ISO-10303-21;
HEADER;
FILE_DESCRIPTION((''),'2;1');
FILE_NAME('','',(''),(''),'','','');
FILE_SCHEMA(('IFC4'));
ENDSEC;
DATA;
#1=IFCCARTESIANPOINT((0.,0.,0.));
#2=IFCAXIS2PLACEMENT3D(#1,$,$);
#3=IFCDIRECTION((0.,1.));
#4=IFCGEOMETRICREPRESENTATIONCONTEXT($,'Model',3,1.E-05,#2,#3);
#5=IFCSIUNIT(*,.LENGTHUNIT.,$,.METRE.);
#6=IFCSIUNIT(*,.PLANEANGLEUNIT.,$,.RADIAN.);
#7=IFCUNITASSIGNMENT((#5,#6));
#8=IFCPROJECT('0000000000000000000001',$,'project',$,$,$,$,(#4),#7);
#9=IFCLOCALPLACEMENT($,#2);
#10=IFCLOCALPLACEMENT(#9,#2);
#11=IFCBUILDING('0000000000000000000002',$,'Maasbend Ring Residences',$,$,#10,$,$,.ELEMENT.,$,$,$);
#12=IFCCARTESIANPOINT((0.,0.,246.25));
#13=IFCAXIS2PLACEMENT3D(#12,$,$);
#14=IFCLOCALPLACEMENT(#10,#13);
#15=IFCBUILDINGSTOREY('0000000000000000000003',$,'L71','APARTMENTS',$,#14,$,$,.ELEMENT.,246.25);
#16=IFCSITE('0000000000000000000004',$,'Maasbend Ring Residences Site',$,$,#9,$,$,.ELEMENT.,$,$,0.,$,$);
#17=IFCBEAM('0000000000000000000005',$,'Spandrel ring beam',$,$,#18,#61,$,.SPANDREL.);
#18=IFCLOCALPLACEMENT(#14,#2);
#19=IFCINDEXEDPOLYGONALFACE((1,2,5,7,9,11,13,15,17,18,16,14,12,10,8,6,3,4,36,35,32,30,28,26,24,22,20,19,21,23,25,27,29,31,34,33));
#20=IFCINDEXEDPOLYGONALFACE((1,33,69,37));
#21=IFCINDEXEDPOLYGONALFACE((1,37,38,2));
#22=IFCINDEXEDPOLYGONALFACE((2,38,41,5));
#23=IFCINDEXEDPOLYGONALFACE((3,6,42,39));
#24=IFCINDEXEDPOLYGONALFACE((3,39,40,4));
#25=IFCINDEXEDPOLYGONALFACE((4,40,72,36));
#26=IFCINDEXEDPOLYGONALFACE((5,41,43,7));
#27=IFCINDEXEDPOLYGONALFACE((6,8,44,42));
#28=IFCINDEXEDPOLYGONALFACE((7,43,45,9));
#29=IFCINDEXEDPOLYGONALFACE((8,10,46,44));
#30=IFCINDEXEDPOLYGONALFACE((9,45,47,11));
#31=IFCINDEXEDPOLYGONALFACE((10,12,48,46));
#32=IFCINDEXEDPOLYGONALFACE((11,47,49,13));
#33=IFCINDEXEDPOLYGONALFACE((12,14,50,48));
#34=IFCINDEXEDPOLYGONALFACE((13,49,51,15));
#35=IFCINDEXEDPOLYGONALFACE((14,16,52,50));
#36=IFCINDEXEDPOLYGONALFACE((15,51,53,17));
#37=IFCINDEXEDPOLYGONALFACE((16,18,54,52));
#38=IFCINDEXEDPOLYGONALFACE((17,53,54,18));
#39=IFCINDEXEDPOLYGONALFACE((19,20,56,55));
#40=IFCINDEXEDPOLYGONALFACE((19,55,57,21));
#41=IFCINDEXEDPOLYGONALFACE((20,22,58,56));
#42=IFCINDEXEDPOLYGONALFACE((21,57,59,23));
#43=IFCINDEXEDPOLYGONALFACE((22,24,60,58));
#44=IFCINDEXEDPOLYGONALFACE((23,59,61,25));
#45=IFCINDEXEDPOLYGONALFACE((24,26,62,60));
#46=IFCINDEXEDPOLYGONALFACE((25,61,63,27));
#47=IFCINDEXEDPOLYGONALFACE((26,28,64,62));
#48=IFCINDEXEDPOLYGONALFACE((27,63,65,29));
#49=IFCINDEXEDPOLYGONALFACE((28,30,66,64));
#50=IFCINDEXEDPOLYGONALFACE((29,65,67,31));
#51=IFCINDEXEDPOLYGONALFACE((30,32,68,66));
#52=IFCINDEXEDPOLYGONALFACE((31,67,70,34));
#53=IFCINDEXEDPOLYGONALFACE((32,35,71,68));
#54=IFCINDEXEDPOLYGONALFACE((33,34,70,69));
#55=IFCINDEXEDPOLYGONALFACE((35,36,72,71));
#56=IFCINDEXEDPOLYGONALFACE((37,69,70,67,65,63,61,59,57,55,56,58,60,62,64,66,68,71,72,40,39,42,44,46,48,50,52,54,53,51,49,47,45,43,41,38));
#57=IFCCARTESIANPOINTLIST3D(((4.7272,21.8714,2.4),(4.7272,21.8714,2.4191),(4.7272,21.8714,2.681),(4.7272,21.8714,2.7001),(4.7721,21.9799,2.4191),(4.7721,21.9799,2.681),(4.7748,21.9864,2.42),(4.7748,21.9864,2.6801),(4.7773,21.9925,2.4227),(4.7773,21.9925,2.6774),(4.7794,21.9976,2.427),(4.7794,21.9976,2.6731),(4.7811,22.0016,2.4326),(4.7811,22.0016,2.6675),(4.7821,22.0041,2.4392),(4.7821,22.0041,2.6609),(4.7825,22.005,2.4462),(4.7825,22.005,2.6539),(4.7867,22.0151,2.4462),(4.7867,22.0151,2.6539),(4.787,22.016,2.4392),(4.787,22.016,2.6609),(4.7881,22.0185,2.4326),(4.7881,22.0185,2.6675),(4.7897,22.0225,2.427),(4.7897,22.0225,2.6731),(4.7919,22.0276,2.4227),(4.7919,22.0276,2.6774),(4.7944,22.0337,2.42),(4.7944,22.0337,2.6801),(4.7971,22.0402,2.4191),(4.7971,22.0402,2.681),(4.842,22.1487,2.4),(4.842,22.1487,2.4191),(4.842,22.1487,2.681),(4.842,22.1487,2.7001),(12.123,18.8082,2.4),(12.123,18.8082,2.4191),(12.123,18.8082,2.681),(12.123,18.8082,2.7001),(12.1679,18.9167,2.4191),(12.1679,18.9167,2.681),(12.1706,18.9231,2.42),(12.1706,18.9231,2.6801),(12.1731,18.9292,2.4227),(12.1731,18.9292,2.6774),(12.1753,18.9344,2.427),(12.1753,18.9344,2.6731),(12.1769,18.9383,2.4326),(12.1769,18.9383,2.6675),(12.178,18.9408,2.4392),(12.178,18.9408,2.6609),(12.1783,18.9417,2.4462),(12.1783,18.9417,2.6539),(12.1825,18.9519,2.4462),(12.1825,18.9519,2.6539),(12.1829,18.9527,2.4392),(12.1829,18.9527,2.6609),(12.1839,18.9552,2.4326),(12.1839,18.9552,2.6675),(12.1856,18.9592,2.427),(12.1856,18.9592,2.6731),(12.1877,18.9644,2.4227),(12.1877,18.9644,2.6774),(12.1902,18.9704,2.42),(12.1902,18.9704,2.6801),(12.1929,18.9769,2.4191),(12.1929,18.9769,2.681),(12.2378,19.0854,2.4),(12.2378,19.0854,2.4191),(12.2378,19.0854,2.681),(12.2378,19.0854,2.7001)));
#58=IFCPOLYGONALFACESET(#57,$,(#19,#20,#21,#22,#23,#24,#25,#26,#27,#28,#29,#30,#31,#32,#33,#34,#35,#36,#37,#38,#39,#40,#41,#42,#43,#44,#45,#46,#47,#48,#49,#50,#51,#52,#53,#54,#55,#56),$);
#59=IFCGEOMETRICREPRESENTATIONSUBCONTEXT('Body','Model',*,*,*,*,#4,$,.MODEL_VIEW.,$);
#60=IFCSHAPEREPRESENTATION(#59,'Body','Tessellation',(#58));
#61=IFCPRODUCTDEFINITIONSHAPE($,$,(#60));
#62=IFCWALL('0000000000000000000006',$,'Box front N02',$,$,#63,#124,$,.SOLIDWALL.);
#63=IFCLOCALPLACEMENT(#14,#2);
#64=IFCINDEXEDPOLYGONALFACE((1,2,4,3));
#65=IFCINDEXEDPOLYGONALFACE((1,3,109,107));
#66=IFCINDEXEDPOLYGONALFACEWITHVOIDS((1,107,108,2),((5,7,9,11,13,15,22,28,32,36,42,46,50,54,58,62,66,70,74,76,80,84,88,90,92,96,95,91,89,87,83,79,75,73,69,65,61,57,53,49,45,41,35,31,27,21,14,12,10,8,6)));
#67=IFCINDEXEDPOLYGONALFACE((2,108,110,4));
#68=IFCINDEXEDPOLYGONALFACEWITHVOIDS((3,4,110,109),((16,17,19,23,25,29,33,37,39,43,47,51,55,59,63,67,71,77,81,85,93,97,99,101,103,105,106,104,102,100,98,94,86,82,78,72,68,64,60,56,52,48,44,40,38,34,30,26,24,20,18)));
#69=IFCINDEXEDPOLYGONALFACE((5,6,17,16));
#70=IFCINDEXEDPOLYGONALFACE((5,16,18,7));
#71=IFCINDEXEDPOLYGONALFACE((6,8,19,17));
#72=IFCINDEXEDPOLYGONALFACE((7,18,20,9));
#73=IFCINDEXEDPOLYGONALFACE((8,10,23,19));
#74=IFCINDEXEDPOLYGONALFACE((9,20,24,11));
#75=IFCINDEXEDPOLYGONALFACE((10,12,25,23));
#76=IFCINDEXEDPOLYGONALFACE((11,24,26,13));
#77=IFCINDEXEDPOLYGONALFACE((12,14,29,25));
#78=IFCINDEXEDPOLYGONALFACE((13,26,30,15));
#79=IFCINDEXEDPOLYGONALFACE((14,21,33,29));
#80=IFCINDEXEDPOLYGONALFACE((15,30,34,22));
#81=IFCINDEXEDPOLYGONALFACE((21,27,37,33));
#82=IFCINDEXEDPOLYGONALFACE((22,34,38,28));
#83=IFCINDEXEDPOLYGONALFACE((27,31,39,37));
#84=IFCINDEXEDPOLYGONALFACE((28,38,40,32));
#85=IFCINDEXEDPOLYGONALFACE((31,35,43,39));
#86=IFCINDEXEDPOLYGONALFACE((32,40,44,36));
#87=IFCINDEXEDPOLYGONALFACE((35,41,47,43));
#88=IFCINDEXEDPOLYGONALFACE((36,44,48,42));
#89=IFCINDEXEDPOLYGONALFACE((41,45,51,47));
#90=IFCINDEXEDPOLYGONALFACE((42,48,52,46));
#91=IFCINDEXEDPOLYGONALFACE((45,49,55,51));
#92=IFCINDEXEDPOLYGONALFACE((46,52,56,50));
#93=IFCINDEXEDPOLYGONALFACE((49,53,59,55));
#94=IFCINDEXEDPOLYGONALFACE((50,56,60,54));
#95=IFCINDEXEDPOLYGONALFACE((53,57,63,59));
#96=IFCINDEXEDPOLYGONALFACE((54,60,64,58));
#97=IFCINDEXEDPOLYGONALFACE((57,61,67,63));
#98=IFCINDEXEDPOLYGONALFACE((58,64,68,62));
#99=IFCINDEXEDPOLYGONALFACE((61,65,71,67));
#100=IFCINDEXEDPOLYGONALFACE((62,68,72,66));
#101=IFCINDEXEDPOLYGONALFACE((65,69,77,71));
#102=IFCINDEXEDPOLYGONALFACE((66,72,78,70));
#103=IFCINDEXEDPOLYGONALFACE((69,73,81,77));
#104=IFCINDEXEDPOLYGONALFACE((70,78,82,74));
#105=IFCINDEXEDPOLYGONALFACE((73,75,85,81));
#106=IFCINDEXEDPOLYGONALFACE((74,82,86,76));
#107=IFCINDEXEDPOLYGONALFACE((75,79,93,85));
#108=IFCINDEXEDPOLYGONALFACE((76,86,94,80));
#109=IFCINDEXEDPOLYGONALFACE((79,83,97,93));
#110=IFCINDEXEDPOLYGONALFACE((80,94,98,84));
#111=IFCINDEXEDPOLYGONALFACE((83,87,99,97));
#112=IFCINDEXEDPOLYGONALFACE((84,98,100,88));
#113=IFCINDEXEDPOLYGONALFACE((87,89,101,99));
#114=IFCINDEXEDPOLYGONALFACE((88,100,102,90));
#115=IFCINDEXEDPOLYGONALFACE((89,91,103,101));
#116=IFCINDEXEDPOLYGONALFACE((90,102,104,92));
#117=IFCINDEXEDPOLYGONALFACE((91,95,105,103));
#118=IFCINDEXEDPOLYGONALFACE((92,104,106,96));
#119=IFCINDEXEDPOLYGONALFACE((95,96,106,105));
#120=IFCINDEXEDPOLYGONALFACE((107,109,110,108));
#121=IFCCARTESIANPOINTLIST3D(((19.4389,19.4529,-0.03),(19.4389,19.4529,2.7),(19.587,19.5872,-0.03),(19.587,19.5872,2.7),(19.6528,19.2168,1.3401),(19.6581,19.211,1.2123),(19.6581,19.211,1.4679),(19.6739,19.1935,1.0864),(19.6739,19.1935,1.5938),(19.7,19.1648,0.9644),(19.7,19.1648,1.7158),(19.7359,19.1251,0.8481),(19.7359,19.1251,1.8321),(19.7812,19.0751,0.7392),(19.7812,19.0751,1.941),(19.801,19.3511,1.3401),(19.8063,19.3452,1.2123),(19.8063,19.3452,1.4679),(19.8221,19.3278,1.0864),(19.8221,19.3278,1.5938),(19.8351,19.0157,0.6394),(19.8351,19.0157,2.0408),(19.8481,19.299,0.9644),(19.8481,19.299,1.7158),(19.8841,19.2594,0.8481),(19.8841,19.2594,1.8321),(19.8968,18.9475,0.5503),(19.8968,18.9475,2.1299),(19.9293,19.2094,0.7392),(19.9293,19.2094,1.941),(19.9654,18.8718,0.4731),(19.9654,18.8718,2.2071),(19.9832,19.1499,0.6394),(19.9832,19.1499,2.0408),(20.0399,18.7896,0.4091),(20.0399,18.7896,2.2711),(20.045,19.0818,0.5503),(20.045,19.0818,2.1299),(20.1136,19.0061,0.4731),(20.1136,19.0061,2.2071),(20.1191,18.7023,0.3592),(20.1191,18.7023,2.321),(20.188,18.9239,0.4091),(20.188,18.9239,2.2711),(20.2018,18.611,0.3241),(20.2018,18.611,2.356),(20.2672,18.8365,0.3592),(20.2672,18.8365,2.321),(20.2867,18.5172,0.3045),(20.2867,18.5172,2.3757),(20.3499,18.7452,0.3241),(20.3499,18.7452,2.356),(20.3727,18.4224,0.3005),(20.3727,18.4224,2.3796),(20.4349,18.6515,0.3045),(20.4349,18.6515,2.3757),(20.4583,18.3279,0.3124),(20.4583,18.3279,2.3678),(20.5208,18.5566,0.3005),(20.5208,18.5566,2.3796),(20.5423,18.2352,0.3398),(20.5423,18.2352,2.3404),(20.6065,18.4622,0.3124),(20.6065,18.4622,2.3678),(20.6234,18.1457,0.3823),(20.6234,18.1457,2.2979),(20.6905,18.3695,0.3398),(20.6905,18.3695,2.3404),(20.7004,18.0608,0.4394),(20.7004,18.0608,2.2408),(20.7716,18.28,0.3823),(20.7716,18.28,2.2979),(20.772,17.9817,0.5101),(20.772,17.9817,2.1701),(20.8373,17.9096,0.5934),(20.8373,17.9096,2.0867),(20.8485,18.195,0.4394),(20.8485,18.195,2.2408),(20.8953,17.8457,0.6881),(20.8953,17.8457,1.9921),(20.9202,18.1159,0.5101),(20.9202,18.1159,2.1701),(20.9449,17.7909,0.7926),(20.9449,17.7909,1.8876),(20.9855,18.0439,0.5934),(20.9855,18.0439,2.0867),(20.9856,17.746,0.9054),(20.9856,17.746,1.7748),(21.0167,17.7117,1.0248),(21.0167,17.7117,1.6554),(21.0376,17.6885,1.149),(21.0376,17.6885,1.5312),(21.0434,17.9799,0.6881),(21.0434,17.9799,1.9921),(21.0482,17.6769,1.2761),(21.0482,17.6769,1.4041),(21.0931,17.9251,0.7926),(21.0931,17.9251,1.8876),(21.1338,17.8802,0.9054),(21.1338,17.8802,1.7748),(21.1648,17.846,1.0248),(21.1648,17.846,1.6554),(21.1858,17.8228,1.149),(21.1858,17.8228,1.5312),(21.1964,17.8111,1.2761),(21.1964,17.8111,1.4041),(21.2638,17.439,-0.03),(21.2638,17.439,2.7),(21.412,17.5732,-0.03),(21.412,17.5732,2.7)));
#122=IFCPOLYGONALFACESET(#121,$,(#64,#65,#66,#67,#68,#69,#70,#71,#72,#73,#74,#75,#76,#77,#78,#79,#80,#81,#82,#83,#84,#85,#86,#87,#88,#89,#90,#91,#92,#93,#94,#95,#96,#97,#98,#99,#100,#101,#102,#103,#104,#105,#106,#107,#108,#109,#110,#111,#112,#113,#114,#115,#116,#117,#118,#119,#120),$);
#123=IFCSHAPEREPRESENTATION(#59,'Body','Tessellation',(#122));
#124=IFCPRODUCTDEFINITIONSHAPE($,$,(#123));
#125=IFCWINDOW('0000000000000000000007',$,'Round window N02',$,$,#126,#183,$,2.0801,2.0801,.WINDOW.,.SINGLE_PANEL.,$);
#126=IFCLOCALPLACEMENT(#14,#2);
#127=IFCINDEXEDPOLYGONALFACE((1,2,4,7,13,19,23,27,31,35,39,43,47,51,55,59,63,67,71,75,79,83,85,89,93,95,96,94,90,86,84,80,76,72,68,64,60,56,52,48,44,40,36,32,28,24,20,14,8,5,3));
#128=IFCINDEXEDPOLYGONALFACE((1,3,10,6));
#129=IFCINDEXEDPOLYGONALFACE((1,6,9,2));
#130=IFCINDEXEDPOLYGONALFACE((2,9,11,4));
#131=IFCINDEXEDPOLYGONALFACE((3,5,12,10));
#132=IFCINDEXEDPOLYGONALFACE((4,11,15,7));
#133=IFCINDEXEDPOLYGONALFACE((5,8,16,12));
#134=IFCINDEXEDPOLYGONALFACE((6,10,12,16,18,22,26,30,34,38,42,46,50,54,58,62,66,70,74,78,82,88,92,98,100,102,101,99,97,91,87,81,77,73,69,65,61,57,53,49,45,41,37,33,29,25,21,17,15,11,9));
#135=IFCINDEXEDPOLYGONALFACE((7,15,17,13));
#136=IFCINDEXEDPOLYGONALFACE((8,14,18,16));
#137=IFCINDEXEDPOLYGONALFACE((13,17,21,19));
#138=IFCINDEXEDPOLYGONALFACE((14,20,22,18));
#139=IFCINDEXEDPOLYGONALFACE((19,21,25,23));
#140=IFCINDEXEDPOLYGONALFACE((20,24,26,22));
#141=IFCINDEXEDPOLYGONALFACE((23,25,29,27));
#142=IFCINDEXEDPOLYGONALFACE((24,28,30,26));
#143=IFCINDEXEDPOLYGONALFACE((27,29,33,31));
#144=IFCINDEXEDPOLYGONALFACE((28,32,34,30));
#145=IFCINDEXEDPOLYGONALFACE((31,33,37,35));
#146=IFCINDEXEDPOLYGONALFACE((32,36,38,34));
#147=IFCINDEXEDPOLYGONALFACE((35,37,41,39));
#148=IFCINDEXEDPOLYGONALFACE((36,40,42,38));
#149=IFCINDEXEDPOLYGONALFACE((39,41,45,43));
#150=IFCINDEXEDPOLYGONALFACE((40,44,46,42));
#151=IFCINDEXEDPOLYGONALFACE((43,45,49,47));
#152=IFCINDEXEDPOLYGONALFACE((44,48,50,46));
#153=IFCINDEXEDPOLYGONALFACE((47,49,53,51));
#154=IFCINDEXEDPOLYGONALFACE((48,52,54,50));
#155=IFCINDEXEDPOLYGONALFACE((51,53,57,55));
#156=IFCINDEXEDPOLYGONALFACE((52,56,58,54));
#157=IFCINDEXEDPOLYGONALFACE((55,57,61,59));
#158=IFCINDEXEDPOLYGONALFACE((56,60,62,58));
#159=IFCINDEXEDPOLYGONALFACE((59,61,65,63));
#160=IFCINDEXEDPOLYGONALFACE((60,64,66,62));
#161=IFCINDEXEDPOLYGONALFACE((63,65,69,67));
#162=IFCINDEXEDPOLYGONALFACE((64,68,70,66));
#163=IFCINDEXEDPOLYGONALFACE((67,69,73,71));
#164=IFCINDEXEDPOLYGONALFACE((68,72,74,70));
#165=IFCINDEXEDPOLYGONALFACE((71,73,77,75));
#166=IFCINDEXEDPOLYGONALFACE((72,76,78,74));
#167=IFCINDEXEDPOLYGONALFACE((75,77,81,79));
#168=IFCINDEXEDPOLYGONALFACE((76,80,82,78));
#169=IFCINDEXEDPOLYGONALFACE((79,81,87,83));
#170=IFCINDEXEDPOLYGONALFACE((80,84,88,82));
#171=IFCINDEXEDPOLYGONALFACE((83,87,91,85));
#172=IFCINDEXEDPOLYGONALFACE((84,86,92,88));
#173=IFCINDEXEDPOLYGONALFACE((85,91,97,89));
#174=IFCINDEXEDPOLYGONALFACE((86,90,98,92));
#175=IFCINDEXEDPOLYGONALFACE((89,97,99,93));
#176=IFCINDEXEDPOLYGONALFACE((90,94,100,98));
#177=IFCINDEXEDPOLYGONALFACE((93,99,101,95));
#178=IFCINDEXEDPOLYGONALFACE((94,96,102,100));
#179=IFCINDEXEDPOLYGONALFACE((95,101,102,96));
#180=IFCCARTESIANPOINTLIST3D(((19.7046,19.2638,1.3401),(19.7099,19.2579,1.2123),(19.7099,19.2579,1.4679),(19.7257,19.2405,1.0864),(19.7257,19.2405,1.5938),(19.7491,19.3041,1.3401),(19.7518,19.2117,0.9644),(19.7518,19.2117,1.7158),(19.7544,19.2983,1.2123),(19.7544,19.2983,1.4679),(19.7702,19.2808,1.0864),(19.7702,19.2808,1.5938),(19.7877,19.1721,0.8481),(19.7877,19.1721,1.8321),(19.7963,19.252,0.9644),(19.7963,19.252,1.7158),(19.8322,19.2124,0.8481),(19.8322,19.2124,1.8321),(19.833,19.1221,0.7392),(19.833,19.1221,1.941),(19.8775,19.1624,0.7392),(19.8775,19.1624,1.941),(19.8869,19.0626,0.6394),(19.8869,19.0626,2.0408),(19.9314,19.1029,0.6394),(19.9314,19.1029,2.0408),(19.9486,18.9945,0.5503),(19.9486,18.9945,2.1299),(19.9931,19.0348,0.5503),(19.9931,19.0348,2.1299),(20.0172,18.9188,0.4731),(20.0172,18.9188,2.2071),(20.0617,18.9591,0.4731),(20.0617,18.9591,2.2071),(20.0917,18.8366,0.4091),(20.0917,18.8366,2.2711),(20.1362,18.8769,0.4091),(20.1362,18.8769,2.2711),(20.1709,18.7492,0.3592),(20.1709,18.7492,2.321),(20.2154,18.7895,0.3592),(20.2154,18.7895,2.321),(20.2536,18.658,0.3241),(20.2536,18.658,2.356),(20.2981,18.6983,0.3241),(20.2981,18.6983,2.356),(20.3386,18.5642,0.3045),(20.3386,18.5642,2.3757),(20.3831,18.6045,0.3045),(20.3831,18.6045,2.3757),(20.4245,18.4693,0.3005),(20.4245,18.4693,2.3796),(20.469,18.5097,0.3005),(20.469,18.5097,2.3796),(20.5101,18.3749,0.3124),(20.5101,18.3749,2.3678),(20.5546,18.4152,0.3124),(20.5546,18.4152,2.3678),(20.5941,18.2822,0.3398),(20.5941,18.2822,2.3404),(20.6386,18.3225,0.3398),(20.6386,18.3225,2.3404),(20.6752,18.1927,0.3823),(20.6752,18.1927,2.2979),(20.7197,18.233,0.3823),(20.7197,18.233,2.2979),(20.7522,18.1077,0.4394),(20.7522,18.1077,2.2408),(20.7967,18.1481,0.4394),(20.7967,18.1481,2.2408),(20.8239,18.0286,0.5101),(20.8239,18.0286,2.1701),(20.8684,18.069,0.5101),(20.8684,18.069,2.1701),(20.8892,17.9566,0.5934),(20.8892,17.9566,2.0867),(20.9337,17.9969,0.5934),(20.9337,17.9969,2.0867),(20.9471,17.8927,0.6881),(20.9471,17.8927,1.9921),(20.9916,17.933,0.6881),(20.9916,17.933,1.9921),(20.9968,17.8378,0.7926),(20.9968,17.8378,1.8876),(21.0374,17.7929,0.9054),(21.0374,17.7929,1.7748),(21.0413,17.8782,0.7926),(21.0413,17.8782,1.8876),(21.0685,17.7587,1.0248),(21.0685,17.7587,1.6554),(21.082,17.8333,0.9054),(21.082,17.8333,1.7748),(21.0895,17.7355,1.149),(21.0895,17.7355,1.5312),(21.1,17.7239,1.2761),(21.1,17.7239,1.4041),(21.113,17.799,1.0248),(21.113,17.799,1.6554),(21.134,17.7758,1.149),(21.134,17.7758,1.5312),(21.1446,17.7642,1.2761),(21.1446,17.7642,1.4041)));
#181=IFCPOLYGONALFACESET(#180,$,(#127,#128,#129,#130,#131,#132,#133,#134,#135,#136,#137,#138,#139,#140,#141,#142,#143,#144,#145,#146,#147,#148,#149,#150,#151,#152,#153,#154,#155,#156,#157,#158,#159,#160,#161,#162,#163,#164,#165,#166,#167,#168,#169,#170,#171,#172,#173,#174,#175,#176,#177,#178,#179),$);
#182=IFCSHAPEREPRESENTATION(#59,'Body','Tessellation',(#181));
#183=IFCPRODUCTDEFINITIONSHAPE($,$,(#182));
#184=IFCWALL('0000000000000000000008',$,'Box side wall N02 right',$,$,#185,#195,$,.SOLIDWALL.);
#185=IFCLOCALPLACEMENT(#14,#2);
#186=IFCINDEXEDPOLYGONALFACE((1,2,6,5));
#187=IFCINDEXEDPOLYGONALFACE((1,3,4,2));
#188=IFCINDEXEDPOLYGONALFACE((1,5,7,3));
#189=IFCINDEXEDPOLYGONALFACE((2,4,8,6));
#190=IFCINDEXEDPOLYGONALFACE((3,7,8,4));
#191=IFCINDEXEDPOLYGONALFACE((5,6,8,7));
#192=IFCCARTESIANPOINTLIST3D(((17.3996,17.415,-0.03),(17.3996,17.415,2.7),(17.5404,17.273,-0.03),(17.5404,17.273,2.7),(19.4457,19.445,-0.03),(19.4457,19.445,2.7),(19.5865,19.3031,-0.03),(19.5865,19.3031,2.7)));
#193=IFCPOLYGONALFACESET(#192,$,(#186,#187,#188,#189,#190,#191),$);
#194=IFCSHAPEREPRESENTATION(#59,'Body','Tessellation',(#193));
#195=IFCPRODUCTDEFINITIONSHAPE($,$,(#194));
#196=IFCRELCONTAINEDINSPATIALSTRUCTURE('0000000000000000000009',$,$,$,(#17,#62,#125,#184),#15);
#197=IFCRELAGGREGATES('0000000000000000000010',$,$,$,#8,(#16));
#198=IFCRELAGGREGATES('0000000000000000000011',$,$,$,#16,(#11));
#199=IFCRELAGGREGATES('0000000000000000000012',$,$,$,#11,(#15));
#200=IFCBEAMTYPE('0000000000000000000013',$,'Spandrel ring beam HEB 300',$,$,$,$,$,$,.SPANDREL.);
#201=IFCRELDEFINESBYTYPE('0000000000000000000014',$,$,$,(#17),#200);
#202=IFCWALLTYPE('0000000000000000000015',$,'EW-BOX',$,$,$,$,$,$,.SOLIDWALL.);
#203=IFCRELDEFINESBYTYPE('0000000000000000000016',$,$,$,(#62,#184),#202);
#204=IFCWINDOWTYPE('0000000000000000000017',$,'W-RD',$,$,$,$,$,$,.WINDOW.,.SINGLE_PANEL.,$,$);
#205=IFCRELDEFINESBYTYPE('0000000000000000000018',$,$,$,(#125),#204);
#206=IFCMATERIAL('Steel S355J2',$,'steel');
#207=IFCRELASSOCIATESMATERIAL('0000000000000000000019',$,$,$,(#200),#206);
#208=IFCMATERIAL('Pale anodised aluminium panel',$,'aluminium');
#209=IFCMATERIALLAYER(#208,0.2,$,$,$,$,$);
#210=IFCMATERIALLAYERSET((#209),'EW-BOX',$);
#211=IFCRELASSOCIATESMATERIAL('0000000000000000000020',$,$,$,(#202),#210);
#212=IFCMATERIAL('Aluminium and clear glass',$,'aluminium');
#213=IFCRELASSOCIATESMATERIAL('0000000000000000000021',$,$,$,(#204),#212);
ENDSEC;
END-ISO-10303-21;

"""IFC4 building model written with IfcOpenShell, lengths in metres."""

from ifc_helpers import new_model, si_unit, direction, frame, frame_2d, origin, origin_2d, place, context, subcontext, project, spatial, rectangle, circle, i_section, extrude, material, layer, layer_set, material_profile, profile_set, type_object, element, fill, save


model = new_model("IFC4")

# Units and contexts
model_context = context("Model", 3, precision=1e-05, world=origin(), true_north=direction((0.0, 1.0)))
body_context = subcontext(model_context, "Body", "Model", "MODEL_VIEW")
ifc_project = project(units=[si_unit("LENGTHUNIT", "METRE"), si_unit("PLANEANGLEUNIT", "RADIAN")], contexts=[model_context])

# Site, building, storey
site_placement = place(None, origin())
site = spatial("IfcSite", under=ifc_project, at=site_placement, Name="Maasbend Ring Residences Site", CompositionType="ELEMENT", RefElevation=0.0)
building_placement = place(site_placement, origin())
building = spatial("IfcBuilding", under=site, at=building_placement, Name="Maasbend Ring Residences", CompositionType="ELEMENT")
storey_placement = place(building_placement, frame((0.0, 0.0, 246.25)))
storey = spatial("IfcBuildingStorey", under=building, at=storey_placement, Name="L71", Description="APARTMENTS", CompositionType="ELEMENT", Elevation=246.25)

# Beam
ifc_material_1 = material(Name="Steel S355J2", Category="steel")
ifc_material_profile_1 = material_profile(ifc_material_1, i_section(OverallWidth=0.3, OverallDepth=0.3, WebThickness=0.011, FlangeThickness=0.019, FilletRadius=0.0271, at=origin_2d()), Name="HEB 300")
ifc_profile_set_1 = profile_set([ifc_material_profile_1], Name="Steel S355J2")
beam_type = type_object("IfcBeamType", Name="Spandrel ring beam HEB 300", PredefinedType="SPANDREL", material=ifc_profile_set_1)
beam_placement = place(storey_placement, frame((12.1804, 18.9468, 2.55), z_axis=(-0.923888, 0.382663, 0.0), x_axis=(-0.382663, -0.923888, 0.0)))
element("IfcBeam", 1, at=beam_placement, inside=storey, type_object=beam_type, Name="Spandrel ring beam", PredefinedType="SPANDREL", context=body_context, shape_type="SweptSolid", body=[
    extrude(i_section(OverallWidth=0.3, OverallDepth=0.3, WebThickness=0.011, FlangeThickness=0.019, FilletRadius=0.0271, at=origin_2d()), origin(), (0.0, 0.0, 1.0), 8.0051),
])

# Wall, opening, window
ifc_material_2 = material(Name="Pale anodised aluminium panel", Category="aluminium")
ifc_layer_1 = layer(ifc_material_2, 0.2)
ifc_layer_set_1 = layer_set([ifc_layer_1], Name="EW-BOX")
wall_type_1 = type_object("IfcWallType", Name="EW-BOX", PredefinedType="SOLIDWALL", material=ifc_layer_set_1)
wall_1_placement = place(storey_placement, frame((21.3379, 17.5061, -0.03), z_axis=(0.0, 0.0, 1.0), x_axis=(-0.671487, 0.741016, 0.0)))
wall_1 = element("IfcWall", 2, at=wall_1_placement, inside=storey, type_object=wall_type_1, Name="Box front N02", PredefinedType="SOLIDWALL", context=body_context, shape_type="SweptSolid", body=[
    extrude(rectangle(XDim=2.7178, YDim=0.2, at=frame_2d((1.3589, 0.0))), origin(), (0.0, 0.0, 1.0), 2.73),
])
opening_1_placement = place(wall_1_placement, frame((0.3191, 0.0, 0.3301)))
opening_1 = element("IfcOpeningElement", 3, at=opening_1_placement, cuts=wall_1, PredefinedType="OPENING", context=body_context, shape_type="SweptSolid", body=[
    extrude(circle(Radius=1.04, at=frame_2d((1.04, 1.04))), frame((0.0, 0.1099, 0.0), z_axis=(0.0, -1.0, 0.0), x_axis=(1.0, 0.0, 0.0)), (0.0, 0.0, 1.0), 0.22),
])
ifc_material_3 = material(Name="Aluminium and clear glass", Category="aluminium")
window_type_1 = type_object("IfcWindowType", Name="W-RD", PartitioningType="SINGLE_PANEL", PredefinedType="WINDOW", material=ifc_material_3)
window_1_placement = place(opening_1_placement, origin())
window_1 = element("IfcWindow", 4, at=window_1_placement, inside=storey, type_object=window_type_1, Name="Round window N02", OverallHeight=2.0801, OverallWidth=2.0801, PartitioningType="SINGLE_PANEL", PredefinedType="WINDOW", context=body_context, shape_type="SweptSolid", body=[
    extrude(circle(Radius=1.04, at=frame_2d((1.04, 1.04))), frame((0.0, 0.03, 0.0), z_axis=(0.0, -1.0, 0.0), x_axis=(1.0, 0.0, 0.0)), (0.0, 0.0, 1.0), 0.0601),
])
fill(opening_1, window_1)

# Wall
wall_2_placement = place(storey_placement, frame((17.47, 17.344, -0.03), z_axis=(0.0, 0.0, 1.0), x_axis=(0.709896, 0.704306, 0.0)))
element("IfcWall", 5, at=wall_2_placement, inside=storey, type_object=wall_type_1, Name="Box side wall N02 right", PredefinedType="SOLIDWALL", context=body_context, shape_type="SweptSolid", body=[
    extrude(rectangle(XDim=2.8823, YDim=0.2, at=frame_2d((1.4412, 0.0))), origin(), (0.0, 0.0, 1.0), 2.73),
])

save(model, "model.ifc")
